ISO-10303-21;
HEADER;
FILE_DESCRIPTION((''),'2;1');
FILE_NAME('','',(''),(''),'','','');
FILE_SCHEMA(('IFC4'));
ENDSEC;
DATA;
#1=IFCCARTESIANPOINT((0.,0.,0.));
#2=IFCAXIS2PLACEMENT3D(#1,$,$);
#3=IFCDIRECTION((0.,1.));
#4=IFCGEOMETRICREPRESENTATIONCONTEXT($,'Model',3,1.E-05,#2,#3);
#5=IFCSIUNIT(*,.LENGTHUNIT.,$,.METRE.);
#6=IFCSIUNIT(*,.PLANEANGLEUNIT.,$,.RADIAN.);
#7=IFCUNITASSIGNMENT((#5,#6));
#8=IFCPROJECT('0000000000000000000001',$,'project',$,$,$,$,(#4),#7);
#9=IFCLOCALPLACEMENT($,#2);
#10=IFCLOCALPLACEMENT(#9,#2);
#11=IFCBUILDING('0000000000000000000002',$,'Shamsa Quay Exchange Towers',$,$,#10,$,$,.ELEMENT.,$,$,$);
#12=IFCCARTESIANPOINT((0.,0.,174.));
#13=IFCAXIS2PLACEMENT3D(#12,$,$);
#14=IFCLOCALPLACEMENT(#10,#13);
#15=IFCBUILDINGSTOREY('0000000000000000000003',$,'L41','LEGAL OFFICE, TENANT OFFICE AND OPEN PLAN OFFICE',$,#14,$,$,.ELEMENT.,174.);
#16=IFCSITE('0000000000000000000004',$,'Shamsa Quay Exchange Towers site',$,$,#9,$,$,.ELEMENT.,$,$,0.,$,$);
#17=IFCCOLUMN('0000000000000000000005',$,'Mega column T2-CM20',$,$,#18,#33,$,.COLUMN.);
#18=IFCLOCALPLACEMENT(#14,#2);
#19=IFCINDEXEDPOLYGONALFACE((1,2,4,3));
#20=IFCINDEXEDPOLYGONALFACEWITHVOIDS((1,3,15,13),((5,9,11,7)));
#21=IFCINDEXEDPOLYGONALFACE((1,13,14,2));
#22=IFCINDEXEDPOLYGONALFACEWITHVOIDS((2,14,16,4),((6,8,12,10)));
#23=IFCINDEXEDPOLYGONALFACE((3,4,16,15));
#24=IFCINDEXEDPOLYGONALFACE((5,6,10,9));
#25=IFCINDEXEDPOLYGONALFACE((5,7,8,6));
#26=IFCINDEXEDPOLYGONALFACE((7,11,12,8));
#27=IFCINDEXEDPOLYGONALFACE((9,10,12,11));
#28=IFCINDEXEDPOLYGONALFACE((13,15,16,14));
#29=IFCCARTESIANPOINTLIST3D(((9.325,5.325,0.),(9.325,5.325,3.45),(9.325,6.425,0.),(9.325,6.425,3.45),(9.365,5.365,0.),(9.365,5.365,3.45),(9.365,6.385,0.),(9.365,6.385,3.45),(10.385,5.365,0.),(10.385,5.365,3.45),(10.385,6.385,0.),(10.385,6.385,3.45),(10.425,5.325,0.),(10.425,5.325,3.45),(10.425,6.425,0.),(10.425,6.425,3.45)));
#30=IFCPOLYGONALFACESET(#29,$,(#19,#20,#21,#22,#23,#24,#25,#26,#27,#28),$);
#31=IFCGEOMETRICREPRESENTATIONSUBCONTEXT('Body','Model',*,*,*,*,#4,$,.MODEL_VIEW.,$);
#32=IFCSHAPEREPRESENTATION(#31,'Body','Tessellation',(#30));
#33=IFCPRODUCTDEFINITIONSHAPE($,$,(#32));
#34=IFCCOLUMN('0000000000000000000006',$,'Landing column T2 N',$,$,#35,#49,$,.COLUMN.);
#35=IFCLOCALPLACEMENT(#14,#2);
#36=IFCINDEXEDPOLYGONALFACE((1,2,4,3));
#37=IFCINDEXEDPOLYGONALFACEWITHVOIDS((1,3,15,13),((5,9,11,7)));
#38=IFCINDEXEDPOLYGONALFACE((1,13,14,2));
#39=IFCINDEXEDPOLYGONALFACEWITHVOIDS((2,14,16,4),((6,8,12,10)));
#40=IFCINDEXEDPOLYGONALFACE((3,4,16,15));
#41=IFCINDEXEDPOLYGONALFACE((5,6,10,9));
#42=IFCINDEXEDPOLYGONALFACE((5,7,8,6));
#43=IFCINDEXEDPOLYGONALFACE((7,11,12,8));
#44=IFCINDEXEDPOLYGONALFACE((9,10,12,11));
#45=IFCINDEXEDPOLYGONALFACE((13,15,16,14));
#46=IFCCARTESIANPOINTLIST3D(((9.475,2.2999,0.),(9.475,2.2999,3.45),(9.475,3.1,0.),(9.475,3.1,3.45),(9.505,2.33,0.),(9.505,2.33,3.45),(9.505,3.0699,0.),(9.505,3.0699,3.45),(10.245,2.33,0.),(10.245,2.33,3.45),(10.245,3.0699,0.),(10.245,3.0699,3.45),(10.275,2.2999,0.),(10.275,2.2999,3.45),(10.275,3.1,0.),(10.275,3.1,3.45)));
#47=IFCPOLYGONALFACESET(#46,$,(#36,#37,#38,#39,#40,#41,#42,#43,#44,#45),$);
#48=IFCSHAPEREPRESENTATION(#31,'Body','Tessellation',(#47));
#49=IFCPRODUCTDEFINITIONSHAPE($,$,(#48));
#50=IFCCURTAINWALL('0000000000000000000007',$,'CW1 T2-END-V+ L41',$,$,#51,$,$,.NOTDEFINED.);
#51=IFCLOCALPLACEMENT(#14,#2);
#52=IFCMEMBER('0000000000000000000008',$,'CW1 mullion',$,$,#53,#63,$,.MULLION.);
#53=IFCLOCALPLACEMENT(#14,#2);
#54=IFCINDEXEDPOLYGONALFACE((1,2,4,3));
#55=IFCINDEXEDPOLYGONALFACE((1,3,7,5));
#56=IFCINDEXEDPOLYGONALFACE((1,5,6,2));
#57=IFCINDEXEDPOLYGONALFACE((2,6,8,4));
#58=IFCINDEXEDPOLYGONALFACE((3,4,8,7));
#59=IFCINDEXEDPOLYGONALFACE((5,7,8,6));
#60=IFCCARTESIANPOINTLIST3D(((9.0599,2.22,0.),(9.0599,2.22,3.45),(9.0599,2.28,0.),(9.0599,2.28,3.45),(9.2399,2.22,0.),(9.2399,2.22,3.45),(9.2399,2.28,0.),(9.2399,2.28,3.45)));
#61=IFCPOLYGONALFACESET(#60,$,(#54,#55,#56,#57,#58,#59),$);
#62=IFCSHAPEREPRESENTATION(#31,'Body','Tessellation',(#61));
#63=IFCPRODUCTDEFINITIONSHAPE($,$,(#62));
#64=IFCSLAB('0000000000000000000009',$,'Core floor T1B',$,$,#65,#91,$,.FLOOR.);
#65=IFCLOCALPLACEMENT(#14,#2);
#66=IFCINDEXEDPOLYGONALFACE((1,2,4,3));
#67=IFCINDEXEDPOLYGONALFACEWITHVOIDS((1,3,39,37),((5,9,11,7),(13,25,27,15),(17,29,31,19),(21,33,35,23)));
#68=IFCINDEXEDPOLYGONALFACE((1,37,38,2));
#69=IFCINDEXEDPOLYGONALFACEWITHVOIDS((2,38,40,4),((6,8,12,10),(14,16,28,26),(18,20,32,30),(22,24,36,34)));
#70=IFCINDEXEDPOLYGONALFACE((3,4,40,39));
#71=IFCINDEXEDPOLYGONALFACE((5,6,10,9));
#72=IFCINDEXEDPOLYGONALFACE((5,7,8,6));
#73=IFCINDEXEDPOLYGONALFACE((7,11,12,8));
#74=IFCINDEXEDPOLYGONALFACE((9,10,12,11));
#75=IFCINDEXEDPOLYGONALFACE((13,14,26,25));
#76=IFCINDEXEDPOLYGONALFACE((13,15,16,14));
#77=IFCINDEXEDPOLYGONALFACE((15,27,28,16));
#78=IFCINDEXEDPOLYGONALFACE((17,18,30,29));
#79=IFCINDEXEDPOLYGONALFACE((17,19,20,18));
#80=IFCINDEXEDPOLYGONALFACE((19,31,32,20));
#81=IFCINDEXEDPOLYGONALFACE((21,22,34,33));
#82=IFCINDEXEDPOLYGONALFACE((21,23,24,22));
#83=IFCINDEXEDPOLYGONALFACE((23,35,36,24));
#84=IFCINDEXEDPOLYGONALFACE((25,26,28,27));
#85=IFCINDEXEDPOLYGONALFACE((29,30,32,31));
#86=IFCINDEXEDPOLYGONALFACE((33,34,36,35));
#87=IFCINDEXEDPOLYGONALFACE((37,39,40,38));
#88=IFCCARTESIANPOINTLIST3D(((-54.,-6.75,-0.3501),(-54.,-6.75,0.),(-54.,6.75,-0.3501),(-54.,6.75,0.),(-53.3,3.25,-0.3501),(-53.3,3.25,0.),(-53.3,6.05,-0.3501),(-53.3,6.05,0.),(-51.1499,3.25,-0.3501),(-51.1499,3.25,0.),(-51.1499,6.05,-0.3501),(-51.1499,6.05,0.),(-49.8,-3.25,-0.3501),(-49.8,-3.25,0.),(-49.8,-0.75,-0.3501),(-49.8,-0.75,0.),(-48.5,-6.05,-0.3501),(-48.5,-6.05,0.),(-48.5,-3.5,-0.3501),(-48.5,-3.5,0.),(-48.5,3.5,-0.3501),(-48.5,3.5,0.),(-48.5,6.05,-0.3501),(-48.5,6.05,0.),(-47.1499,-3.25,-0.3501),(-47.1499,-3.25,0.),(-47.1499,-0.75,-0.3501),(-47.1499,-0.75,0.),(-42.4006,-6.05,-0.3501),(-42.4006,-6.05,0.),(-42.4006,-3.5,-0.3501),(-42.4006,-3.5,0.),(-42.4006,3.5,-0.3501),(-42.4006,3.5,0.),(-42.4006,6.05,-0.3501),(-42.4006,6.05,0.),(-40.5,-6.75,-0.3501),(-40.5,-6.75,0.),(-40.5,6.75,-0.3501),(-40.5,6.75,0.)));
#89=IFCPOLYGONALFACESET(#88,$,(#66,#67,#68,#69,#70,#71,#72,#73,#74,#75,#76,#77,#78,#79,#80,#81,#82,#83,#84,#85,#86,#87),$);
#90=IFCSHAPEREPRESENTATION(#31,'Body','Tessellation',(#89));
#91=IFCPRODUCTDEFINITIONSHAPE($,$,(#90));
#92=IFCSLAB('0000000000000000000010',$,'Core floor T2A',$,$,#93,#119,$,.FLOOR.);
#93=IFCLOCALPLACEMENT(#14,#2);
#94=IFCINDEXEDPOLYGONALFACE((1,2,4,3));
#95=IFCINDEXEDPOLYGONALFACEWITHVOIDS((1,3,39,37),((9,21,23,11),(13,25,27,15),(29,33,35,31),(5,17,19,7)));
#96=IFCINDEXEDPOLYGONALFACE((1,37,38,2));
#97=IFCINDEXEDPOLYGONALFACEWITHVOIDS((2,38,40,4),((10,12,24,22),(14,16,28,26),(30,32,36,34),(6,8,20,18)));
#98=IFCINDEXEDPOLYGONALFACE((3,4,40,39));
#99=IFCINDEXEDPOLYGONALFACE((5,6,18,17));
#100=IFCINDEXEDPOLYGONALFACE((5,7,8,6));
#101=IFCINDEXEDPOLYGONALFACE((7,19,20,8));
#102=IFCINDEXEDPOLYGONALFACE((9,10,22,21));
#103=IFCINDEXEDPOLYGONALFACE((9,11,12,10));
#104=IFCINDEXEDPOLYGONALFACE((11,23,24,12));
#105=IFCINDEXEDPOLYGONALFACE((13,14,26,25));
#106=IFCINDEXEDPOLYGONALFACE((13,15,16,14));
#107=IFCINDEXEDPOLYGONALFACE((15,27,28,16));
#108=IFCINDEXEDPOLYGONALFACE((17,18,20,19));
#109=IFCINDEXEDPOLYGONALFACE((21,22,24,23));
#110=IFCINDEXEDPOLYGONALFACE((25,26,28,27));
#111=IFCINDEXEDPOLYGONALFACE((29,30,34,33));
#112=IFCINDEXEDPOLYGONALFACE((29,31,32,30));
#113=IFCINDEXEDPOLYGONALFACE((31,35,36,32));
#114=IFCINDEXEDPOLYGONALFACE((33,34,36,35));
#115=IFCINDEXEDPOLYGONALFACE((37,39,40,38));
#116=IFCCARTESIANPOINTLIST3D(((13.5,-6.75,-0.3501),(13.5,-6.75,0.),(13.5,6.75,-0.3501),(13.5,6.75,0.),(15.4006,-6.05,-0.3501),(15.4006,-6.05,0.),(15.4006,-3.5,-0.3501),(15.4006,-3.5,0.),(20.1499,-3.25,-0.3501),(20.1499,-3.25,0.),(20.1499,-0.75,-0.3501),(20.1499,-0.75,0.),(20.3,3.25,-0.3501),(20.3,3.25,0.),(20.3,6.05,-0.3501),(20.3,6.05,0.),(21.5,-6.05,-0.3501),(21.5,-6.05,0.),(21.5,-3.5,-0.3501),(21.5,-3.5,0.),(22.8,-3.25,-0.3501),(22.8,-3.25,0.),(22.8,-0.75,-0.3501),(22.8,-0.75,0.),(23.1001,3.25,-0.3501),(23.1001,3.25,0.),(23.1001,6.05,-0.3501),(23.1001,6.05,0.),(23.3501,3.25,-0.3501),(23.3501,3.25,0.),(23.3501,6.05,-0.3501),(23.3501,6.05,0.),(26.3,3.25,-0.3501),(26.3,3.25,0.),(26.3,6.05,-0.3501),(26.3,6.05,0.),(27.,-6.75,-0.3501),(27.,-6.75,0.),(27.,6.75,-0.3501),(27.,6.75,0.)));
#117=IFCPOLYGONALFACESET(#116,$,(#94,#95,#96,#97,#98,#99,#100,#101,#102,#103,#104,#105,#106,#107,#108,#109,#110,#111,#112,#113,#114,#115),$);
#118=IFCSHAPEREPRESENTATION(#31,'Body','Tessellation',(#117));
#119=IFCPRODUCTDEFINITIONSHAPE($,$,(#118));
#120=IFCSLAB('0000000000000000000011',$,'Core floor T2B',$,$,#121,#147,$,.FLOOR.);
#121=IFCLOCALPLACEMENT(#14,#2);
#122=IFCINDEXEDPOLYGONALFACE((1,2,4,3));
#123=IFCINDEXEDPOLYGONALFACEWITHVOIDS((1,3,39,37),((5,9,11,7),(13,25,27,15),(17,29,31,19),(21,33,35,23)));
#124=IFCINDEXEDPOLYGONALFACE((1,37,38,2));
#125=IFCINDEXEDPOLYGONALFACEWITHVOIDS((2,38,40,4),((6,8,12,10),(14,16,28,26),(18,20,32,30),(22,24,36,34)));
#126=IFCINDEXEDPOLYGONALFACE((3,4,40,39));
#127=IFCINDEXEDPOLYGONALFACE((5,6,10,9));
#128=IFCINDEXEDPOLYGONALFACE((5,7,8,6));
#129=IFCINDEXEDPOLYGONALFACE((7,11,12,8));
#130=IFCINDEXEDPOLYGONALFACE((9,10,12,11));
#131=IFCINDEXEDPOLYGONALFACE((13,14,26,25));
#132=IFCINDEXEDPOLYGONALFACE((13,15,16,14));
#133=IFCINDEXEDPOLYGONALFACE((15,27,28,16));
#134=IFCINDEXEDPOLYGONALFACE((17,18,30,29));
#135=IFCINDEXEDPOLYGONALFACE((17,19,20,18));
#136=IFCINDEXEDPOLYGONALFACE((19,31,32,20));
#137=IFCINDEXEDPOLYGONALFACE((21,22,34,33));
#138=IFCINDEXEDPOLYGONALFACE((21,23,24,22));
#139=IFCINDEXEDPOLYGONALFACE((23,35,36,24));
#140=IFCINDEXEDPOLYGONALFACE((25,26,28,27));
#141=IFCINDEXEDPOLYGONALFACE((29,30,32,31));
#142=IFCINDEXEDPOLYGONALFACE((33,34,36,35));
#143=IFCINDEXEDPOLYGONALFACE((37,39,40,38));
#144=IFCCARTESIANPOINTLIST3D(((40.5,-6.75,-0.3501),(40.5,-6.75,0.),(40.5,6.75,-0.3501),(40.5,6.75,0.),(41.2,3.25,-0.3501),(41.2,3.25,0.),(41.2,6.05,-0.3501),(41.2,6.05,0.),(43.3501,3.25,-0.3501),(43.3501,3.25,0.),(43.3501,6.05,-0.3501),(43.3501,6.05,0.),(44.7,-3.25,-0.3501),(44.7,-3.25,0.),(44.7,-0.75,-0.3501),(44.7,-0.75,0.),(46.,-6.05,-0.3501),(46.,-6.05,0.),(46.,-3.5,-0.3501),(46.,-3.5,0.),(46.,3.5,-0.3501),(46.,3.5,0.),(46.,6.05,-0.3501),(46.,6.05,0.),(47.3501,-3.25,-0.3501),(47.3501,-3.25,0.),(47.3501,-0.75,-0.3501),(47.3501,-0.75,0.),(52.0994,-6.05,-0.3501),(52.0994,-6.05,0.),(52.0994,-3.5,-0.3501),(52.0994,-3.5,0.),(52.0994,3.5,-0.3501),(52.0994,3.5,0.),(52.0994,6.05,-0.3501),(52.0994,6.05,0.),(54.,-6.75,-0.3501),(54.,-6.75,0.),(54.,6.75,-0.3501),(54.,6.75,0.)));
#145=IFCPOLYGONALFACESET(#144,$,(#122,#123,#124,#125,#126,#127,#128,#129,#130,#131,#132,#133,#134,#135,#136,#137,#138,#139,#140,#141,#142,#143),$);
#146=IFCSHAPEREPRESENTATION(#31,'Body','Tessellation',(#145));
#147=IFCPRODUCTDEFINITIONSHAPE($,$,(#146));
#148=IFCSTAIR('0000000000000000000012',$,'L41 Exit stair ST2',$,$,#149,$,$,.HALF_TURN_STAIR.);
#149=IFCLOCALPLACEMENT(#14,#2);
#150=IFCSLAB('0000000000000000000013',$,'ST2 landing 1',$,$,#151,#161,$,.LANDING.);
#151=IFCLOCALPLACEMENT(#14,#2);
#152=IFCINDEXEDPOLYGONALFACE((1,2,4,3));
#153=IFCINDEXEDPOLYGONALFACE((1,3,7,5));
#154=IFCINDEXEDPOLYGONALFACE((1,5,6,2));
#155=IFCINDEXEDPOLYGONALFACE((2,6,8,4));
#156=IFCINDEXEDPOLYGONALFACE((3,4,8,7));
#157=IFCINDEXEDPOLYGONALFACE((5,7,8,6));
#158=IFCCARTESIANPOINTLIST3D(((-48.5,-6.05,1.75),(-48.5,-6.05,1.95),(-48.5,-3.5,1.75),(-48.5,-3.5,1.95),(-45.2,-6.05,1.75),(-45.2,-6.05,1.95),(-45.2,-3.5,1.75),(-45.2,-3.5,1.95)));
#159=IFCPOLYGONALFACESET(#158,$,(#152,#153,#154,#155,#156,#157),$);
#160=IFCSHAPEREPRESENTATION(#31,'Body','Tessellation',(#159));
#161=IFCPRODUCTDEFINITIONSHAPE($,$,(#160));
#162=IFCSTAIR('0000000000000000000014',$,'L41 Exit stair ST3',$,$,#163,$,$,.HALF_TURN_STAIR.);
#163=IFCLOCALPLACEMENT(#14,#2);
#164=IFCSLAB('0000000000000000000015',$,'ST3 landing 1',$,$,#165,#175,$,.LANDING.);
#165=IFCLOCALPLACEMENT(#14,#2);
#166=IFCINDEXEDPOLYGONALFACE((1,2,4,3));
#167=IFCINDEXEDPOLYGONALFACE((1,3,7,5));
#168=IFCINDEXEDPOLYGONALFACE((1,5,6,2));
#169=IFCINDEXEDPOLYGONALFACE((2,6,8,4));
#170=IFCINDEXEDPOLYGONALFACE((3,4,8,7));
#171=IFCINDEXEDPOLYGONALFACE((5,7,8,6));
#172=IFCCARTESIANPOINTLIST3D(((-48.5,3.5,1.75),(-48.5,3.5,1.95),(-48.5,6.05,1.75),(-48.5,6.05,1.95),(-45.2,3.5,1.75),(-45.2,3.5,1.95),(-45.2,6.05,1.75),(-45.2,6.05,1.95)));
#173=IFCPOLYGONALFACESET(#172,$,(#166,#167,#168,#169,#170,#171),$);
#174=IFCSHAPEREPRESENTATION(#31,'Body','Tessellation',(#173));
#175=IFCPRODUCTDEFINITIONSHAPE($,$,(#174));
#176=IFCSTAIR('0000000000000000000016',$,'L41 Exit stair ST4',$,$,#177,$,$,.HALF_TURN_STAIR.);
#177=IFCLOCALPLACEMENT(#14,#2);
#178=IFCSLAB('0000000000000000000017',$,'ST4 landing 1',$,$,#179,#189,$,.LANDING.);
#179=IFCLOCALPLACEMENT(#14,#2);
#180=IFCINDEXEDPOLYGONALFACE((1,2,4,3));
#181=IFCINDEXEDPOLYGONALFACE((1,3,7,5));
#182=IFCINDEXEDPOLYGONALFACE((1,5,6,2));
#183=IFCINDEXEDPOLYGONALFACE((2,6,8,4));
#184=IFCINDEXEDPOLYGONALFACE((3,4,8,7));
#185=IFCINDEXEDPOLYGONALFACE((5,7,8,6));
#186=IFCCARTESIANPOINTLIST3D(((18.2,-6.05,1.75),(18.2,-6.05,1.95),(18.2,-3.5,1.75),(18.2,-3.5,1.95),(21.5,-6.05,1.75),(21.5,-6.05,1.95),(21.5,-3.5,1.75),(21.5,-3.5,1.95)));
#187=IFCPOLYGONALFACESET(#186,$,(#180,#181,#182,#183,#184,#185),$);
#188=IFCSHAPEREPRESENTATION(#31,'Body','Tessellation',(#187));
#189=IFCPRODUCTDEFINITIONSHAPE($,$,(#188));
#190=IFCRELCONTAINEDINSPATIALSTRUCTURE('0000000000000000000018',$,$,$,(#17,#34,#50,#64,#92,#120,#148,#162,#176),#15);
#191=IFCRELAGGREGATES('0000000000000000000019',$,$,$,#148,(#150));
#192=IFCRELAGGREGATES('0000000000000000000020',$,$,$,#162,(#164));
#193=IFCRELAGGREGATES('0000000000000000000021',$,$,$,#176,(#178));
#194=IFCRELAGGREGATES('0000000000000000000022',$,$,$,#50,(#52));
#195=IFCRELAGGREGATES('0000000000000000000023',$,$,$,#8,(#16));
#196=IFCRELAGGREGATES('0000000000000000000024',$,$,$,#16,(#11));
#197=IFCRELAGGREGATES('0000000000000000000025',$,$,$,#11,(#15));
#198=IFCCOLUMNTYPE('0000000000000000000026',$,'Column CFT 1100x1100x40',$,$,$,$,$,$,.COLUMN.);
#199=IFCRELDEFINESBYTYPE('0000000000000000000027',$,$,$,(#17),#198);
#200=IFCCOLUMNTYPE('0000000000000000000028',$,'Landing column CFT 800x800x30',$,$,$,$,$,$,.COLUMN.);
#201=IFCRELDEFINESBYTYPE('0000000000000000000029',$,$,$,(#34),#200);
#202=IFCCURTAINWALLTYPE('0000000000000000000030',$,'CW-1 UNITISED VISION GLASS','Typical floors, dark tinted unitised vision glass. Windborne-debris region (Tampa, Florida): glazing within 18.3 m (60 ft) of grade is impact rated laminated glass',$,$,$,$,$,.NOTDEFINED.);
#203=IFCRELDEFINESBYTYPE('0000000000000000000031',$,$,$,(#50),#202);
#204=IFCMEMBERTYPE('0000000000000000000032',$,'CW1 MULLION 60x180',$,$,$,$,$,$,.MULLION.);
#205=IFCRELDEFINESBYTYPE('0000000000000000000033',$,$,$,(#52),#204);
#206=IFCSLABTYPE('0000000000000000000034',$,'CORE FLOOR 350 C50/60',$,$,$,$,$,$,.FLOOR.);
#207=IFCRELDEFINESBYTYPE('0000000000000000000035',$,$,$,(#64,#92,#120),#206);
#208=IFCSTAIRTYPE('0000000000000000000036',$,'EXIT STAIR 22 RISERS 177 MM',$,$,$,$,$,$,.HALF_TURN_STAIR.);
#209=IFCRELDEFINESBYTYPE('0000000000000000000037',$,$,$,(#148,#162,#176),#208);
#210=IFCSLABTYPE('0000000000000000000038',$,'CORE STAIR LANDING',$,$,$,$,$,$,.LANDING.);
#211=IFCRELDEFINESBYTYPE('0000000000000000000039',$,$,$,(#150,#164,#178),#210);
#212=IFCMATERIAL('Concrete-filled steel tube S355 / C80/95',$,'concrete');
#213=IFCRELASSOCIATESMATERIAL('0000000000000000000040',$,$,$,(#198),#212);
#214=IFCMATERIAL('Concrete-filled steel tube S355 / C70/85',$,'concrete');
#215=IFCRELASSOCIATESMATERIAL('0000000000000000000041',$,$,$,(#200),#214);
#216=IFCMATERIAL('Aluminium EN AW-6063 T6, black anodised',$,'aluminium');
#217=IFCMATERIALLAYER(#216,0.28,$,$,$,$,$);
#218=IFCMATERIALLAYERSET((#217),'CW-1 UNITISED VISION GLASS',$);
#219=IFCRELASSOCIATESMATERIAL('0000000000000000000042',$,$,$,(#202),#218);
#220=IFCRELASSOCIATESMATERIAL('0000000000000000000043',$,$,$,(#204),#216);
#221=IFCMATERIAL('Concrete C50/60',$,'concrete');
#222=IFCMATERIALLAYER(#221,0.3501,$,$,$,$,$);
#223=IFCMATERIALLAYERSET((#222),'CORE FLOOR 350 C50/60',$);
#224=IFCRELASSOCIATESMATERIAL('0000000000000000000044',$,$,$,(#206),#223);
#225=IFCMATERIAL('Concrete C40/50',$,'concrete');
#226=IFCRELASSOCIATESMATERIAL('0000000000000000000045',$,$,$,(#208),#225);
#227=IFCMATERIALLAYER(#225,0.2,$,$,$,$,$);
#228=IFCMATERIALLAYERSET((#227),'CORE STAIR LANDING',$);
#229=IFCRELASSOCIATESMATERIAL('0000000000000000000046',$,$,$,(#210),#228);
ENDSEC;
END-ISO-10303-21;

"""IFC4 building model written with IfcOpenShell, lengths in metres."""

from ifc_helpers import new_model, si_unit, direction, frame, origin, origin_2d, place, context, subcontext, project, spatial, polyline, rectangle, hollow_rectangle, outline, extrude, material, layer, layer_set, material_profile, profile_set, type_object, element, aggregate, save


model = new_model("IFC4")

# Units and contexts
model_context = context("Model", 3, precision=1e-05, world=origin(), true_north=direction((0.0, 1.0)))
body_context = subcontext(model_context, "Body", "Model", "MODEL_VIEW")
ifc_project = project(units=[si_unit("LENGTHUNIT", "METRE"), si_unit("PLANEANGLEUNIT", "RADIAN")], contexts=[model_context])

# Site, building, storey
site_placement = place(None, origin())
site = spatial("IfcSite", under=ifc_project, at=site_placement, Name="Shamsa Quay Exchange Towers site", CompositionType="ELEMENT", RefElevation=0.0)
building_placement = place(site_placement, origin())
building = spatial("IfcBuilding", under=site, at=building_placement, Name="Shamsa Quay Exchange Towers", CompositionType="ELEMENT")
storey_placement = place(building_placement, frame((0.0, 0.0, 174.0)))
storey = spatial("IfcBuildingStorey", under=building, at=storey_placement, Name="L41", Description="LEGAL OFFICE, TENANT OFFICE AND OPEN PLAN OFFICE", CompositionType="ELEMENT", Elevation=174.0)

# Columns
ifc_material_1 = material(Name="Concrete-filled steel tube S355 / C80/95", Category="concrete")
ifc_material_profile_1 = material_profile(ifc_material_1, hollow_rectangle(XDim=1.1001, YDim=1.1001, WallThickness=0.04, at=origin_2d()), Name="CFT 1100x1100x40")
ifc_profile_set_1 = profile_set([ifc_material_profile_1], Name="Concrete-filled steel tube S355 / C80/95")
column_type_1 = type_object("IfcColumnType", Name="Column CFT 1100x1100x40", PredefinedType="COLUMN", material=ifc_profile_set_1)
column_1_placement = place(storey_placement, frame((9.875, 5.875, 0.0)))
element("IfcColumn", 1, at=column_1_placement, inside=storey, type_object=column_type_1, Name="Mega column T2-CM20", PredefinedType="COLUMN", context=body_context, shape_type="SweptSolid", body=[
    extrude(hollow_rectangle(XDim=1.1001, YDim=1.1001, WallThickness=0.04, at=origin_2d()), origin(), (0.0, 0.0, 1.0), 3.45),
])
ifc_material_2 = material(Name="Concrete-filled steel tube S355 / C70/85", Category="concrete")
ifc_material_profile_2 = material_profile(ifc_material_2, hollow_rectangle(XDim=0.8, YDim=0.8, WallThickness=0.03, at=origin_2d()), Name="CFT 800x800x30")
ifc_profile_set_2 = profile_set([ifc_material_profile_2], Name="Concrete-filled steel tube S355 / C70/85")
column_type_2 = type_object("IfcColumnType", Name="Landing column CFT 800x800x30", PredefinedType="COLUMN", material=ifc_profile_set_2)
column_2_placement = place(storey_placement, frame((9.875, 2.7, 0.0)))
element("IfcColumn", 2, at=column_2_placement, inside=storey, type_object=column_type_2, Name="Landing column T2 N", PredefinedType="COLUMN", context=body_context, shape_type="SweptSolid", body=[
    extrude(hollow_rectangle(XDim=0.8, YDim=0.8, WallThickness=0.03, at=origin_2d()), origin(), (0.0, 0.0, 1.0), 3.45),
])

# Curtain wall, member
ifc_material_3 = material(Name="Aluminium EN AW-6063 T6, black anodised", Category="aluminium")
ifc_layer_1 = layer(ifc_material_3, 0.28)
ifc_layer_set_1 = layer_set([ifc_layer_1], Name="CW-1 UNITISED VISION GLASS")
curtain_wall_type_1 = type_object("IfcCurtainWallType", Name="CW-1 UNITISED VISION GLASS", Description="Typical floors, dark tinted unitised vision glass. Windborne-debris region (Tampa, Florida): glazing within 18.3 m (60 ft) of grade is impact rated laminated glass", PredefinedType="NOTDEFINED", material=ifc_layer_set_1)
curtain_wall_1_placement = place(storey_placement, origin())
curtain_wall_1 = element("IfcCurtainWall", 3, at=curtain_wall_1_placement, inside=storey, type_object=curtain_wall_type_1, Name="CW1 T2-END-V+ L41", PredefinedType="NOTDEFINED")
ifc_material_profile_3 = material_profile(ifc_material_3, rectangle(XDim=0.1799, YDim=0.0601, at=origin_2d()), Name="MU60x180")
ifc_profile_set_3 = profile_set([ifc_material_profile_3], Name="Aluminium EN AW-6063 T6, black anodised")
member_type = type_object("IfcMemberType", Name="CW1 MULLION 60x180", PredefinedType="MULLION", material=ifc_profile_set_3)
member_placement = place(storey_placement, frame((9.1499, 2.25, 0.0)))
member = element("IfcMember", 4, at=member_placement, type_object=member_type, Name="CW1 mullion", PredefinedType="MULLION", context=body_context, shape_type="SweptSolid", body=[
    extrude(rectangle(XDim=0.1799, YDim=0.0601, at=origin_2d()), origin(), (0.0, 0.0, 1.0), 3.45),
])

# Slabs
ifc_material_4 = material(Name="Concrete C50/60", Category="concrete")
ifc_layer_2 = layer(ifc_material_4, 0.3501)
ifc_layer_set_2 = layer_set([ifc_layer_2], Name="CORE FLOOR 350 C50/60")
slab_type_1 = type_object("IfcSlabType", Name="CORE FLOOR 350 C50/60", PredefinedType="FLOOR", material=ifc_layer_set_2)
slab_1_placement = place(storey_placement, frame((0.0, 0.0, -0.3501)))
element("IfcSlab", 5, at=slab_1_placement, inside=storey, type_object=slab_type_1, Name="Core floor T1B", PredefinedType="FLOOR", context=body_context, shape_type="SweptSolid", body=[
    extrude(outline(polyline([(-40.5, -6.75), (-40.5, 6.75), (-54.0, 6.75), (-54.0, -6.75), (-40.5, -6.75)]), holes=[polyline([(-42.4006, -3.5), (-42.4006, -6.05), (-48.5, -6.05), (-48.5, -3.5), (-42.4006, -3.5)]), polyline([(-42.4006, 6.05), (-42.4006, 3.5), (-48.5, 3.5), (-48.5, 6.05), (-42.4006, 6.05)]), polyline([(-51.1499, 3.25), (-53.3, 3.25), (-53.3, 6.05), (-51.1499, 6.05), (-51.1499, 3.25)]), polyline([(-47.1499, -3.25), (-49.8, -3.25), (-49.8, -0.75), (-47.1499, -0.75), (-47.1499, -3.25)])]), origin(), (0.0, 0.0, 1.0), 0.3501),
])
slab_2_placement = place(storey_placement, frame((0.0, 0.0, -0.3501)))
element("IfcSlab", 6, at=slab_2_placement, inside=storey, type_object=slab_type_1, Name="Core floor T2A", PredefinedType="FLOOR", context=body_context, shape_type="SweptSolid", body=[
    extrude(outline(polyline([(13.5, -6.75), (27.0, -6.75), (27.0, 6.75), (13.5, 6.75), (13.5, -6.75)]), holes=[polyline([(15.4006, -6.05), (15.4006, -3.5), (21.5, -3.5), (21.5, -6.05), (15.4006, -6.05)]), polyline([(20.3, 3.25), (20.3, 6.05), (23.1001, 6.05), (23.1001, 3.25), (20.3, 3.25)]), polyline([(23.3501, 3.25), (23.3501, 6.05), (26.3, 6.05), (26.3, 3.25), (23.3501, 3.25)]), polyline([(20.1499, -3.25), (20.1499, -0.75), (22.8, -0.75), (22.8, -3.25), (20.1499, -3.25)])]), origin(), (0.0, 0.0, 1.0), 0.3501),
])
slab_3_placement = place(storey_placement, frame((0.0, 0.0, -0.3501)))
element("IfcSlab", 7, at=slab_3_placement, inside=storey, type_object=slab_type_1, Name="Core floor T2B", PredefinedType="FLOOR", context=body_context, shape_type="SweptSolid", body=[
    extrude(outline(polyline([(54.0, -6.75), (54.0, 6.75), (40.5, 6.75), (40.5, -6.75), (54.0, -6.75)]), holes=[polyline([(52.0994, -3.5), (52.0994, -6.05), (46.0, -6.05), (46.0, -3.5), (52.0994, -3.5)]), polyline([(52.0994, 6.05), (52.0994, 3.5), (46.0, 3.5), (46.0, 6.05), (52.0994, 6.05)]), polyline([(43.3501, 3.25), (41.2, 3.25), (41.2, 6.05), (43.3501, 6.05), (43.3501, 3.25)]), polyline([(47.3501, -3.25), (44.7, -3.25), (44.7, -0.75), (47.3501, -0.75), (47.3501, -3.25)])]), origin(), (0.0, 0.0, 1.0), 0.3501),
])

# Stairs, slabs
ifc_material_5 = material(Name="Concrete C40/50", Category="concrete")
stair_type = type_object("IfcStairType", Name="EXIT STAIR 22 RISERS 177 MM", PredefinedType="HALF_TURN_STAIR", material=ifc_material_5)
stair_1_placement = place(storey_placement, origin())
stair_1 = element("IfcStair", 8, at=stair_1_placement, inside=storey, type_object=stair_type, Name="L41 Exit stair ST2", PredefinedType="HALF_TURN_STAIR")
ifc_layer_3 = layer(ifc_material_5, 0.2)
ifc_layer_set_3 = layer_set([ifc_layer_3], Name="CORE STAIR LANDING")
slab_type_2 = type_object("IfcSlabType", Name="CORE STAIR LANDING", PredefinedType="LANDING", material=ifc_layer_set_3)
slab_4_placement = place(storey_placement, frame((0.0, 0.0, 1.75)))
slab_4 = element("IfcSlab", 9, at=slab_4_placement, type_object=slab_type_2, Name="ST2 landing 1", PredefinedType="LANDING", context=body_context, shape_type="SweptSolid", body=[
    extrude(outline(polyline([(-45.2, -3.5), (-48.5, -3.5), (-48.5, -6.05), (-45.2, -6.05), (-45.2, -3.5)])), origin(), (0.0, 0.0, 1.0), 0.2),
])
aggregate(stair_1, [slab_4])
stair_2_placement = place(storey_placement, origin())
stair_2 = element("IfcStair", 10, at=stair_2_placement, inside=storey, type_object=stair_type, Name="L41 Exit stair ST3", PredefinedType="HALF_TURN_STAIR")
slab_5_placement = place(storey_placement, frame((0.0, 0.0, 1.75)))
slab_5 = element("IfcSlab", 11, at=slab_5_placement, type_object=slab_type_2, Name="ST3 landing 1", PredefinedType="LANDING", context=body_context, shape_type="SweptSolid", body=[
    extrude(outline(polyline([(-45.2, 6.05), (-48.5, 6.05), (-48.5, 3.5), (-45.2, 3.5), (-45.2, 6.05)])), origin(), (0.0, 0.0, 1.0), 0.2),
])
aggregate(stair_2, [slab_5])
stair_3_placement = place(storey_placement, origin())
stair_3 = element("IfcStair", 12, at=stair_3_placement, inside=storey, type_object=stair_type, Name="L41 Exit stair ST4", PredefinedType="HALF_TURN_STAIR")
slab_6_placement = place(storey_placement, frame((0.0, 0.0, 1.75)))
slab_6 = element("IfcSlab", 13, at=slab_6_placement, type_object=slab_type_2, Name="ST4 landing 1", PredefinedType="LANDING", context=body_context, shape_type="SweptSolid", body=[
    extrude(outline(polyline([(18.2, -6.05), (21.5, -6.05), (21.5, -3.5), (18.2, -3.5), (18.2, -6.05)])), origin(), (0.0, 0.0, 1.0), 0.2),
])
aggregate(stair_3, [slab_6])

aggregate(curtain_wall_1, [member])

save(model, "model.ifc")
